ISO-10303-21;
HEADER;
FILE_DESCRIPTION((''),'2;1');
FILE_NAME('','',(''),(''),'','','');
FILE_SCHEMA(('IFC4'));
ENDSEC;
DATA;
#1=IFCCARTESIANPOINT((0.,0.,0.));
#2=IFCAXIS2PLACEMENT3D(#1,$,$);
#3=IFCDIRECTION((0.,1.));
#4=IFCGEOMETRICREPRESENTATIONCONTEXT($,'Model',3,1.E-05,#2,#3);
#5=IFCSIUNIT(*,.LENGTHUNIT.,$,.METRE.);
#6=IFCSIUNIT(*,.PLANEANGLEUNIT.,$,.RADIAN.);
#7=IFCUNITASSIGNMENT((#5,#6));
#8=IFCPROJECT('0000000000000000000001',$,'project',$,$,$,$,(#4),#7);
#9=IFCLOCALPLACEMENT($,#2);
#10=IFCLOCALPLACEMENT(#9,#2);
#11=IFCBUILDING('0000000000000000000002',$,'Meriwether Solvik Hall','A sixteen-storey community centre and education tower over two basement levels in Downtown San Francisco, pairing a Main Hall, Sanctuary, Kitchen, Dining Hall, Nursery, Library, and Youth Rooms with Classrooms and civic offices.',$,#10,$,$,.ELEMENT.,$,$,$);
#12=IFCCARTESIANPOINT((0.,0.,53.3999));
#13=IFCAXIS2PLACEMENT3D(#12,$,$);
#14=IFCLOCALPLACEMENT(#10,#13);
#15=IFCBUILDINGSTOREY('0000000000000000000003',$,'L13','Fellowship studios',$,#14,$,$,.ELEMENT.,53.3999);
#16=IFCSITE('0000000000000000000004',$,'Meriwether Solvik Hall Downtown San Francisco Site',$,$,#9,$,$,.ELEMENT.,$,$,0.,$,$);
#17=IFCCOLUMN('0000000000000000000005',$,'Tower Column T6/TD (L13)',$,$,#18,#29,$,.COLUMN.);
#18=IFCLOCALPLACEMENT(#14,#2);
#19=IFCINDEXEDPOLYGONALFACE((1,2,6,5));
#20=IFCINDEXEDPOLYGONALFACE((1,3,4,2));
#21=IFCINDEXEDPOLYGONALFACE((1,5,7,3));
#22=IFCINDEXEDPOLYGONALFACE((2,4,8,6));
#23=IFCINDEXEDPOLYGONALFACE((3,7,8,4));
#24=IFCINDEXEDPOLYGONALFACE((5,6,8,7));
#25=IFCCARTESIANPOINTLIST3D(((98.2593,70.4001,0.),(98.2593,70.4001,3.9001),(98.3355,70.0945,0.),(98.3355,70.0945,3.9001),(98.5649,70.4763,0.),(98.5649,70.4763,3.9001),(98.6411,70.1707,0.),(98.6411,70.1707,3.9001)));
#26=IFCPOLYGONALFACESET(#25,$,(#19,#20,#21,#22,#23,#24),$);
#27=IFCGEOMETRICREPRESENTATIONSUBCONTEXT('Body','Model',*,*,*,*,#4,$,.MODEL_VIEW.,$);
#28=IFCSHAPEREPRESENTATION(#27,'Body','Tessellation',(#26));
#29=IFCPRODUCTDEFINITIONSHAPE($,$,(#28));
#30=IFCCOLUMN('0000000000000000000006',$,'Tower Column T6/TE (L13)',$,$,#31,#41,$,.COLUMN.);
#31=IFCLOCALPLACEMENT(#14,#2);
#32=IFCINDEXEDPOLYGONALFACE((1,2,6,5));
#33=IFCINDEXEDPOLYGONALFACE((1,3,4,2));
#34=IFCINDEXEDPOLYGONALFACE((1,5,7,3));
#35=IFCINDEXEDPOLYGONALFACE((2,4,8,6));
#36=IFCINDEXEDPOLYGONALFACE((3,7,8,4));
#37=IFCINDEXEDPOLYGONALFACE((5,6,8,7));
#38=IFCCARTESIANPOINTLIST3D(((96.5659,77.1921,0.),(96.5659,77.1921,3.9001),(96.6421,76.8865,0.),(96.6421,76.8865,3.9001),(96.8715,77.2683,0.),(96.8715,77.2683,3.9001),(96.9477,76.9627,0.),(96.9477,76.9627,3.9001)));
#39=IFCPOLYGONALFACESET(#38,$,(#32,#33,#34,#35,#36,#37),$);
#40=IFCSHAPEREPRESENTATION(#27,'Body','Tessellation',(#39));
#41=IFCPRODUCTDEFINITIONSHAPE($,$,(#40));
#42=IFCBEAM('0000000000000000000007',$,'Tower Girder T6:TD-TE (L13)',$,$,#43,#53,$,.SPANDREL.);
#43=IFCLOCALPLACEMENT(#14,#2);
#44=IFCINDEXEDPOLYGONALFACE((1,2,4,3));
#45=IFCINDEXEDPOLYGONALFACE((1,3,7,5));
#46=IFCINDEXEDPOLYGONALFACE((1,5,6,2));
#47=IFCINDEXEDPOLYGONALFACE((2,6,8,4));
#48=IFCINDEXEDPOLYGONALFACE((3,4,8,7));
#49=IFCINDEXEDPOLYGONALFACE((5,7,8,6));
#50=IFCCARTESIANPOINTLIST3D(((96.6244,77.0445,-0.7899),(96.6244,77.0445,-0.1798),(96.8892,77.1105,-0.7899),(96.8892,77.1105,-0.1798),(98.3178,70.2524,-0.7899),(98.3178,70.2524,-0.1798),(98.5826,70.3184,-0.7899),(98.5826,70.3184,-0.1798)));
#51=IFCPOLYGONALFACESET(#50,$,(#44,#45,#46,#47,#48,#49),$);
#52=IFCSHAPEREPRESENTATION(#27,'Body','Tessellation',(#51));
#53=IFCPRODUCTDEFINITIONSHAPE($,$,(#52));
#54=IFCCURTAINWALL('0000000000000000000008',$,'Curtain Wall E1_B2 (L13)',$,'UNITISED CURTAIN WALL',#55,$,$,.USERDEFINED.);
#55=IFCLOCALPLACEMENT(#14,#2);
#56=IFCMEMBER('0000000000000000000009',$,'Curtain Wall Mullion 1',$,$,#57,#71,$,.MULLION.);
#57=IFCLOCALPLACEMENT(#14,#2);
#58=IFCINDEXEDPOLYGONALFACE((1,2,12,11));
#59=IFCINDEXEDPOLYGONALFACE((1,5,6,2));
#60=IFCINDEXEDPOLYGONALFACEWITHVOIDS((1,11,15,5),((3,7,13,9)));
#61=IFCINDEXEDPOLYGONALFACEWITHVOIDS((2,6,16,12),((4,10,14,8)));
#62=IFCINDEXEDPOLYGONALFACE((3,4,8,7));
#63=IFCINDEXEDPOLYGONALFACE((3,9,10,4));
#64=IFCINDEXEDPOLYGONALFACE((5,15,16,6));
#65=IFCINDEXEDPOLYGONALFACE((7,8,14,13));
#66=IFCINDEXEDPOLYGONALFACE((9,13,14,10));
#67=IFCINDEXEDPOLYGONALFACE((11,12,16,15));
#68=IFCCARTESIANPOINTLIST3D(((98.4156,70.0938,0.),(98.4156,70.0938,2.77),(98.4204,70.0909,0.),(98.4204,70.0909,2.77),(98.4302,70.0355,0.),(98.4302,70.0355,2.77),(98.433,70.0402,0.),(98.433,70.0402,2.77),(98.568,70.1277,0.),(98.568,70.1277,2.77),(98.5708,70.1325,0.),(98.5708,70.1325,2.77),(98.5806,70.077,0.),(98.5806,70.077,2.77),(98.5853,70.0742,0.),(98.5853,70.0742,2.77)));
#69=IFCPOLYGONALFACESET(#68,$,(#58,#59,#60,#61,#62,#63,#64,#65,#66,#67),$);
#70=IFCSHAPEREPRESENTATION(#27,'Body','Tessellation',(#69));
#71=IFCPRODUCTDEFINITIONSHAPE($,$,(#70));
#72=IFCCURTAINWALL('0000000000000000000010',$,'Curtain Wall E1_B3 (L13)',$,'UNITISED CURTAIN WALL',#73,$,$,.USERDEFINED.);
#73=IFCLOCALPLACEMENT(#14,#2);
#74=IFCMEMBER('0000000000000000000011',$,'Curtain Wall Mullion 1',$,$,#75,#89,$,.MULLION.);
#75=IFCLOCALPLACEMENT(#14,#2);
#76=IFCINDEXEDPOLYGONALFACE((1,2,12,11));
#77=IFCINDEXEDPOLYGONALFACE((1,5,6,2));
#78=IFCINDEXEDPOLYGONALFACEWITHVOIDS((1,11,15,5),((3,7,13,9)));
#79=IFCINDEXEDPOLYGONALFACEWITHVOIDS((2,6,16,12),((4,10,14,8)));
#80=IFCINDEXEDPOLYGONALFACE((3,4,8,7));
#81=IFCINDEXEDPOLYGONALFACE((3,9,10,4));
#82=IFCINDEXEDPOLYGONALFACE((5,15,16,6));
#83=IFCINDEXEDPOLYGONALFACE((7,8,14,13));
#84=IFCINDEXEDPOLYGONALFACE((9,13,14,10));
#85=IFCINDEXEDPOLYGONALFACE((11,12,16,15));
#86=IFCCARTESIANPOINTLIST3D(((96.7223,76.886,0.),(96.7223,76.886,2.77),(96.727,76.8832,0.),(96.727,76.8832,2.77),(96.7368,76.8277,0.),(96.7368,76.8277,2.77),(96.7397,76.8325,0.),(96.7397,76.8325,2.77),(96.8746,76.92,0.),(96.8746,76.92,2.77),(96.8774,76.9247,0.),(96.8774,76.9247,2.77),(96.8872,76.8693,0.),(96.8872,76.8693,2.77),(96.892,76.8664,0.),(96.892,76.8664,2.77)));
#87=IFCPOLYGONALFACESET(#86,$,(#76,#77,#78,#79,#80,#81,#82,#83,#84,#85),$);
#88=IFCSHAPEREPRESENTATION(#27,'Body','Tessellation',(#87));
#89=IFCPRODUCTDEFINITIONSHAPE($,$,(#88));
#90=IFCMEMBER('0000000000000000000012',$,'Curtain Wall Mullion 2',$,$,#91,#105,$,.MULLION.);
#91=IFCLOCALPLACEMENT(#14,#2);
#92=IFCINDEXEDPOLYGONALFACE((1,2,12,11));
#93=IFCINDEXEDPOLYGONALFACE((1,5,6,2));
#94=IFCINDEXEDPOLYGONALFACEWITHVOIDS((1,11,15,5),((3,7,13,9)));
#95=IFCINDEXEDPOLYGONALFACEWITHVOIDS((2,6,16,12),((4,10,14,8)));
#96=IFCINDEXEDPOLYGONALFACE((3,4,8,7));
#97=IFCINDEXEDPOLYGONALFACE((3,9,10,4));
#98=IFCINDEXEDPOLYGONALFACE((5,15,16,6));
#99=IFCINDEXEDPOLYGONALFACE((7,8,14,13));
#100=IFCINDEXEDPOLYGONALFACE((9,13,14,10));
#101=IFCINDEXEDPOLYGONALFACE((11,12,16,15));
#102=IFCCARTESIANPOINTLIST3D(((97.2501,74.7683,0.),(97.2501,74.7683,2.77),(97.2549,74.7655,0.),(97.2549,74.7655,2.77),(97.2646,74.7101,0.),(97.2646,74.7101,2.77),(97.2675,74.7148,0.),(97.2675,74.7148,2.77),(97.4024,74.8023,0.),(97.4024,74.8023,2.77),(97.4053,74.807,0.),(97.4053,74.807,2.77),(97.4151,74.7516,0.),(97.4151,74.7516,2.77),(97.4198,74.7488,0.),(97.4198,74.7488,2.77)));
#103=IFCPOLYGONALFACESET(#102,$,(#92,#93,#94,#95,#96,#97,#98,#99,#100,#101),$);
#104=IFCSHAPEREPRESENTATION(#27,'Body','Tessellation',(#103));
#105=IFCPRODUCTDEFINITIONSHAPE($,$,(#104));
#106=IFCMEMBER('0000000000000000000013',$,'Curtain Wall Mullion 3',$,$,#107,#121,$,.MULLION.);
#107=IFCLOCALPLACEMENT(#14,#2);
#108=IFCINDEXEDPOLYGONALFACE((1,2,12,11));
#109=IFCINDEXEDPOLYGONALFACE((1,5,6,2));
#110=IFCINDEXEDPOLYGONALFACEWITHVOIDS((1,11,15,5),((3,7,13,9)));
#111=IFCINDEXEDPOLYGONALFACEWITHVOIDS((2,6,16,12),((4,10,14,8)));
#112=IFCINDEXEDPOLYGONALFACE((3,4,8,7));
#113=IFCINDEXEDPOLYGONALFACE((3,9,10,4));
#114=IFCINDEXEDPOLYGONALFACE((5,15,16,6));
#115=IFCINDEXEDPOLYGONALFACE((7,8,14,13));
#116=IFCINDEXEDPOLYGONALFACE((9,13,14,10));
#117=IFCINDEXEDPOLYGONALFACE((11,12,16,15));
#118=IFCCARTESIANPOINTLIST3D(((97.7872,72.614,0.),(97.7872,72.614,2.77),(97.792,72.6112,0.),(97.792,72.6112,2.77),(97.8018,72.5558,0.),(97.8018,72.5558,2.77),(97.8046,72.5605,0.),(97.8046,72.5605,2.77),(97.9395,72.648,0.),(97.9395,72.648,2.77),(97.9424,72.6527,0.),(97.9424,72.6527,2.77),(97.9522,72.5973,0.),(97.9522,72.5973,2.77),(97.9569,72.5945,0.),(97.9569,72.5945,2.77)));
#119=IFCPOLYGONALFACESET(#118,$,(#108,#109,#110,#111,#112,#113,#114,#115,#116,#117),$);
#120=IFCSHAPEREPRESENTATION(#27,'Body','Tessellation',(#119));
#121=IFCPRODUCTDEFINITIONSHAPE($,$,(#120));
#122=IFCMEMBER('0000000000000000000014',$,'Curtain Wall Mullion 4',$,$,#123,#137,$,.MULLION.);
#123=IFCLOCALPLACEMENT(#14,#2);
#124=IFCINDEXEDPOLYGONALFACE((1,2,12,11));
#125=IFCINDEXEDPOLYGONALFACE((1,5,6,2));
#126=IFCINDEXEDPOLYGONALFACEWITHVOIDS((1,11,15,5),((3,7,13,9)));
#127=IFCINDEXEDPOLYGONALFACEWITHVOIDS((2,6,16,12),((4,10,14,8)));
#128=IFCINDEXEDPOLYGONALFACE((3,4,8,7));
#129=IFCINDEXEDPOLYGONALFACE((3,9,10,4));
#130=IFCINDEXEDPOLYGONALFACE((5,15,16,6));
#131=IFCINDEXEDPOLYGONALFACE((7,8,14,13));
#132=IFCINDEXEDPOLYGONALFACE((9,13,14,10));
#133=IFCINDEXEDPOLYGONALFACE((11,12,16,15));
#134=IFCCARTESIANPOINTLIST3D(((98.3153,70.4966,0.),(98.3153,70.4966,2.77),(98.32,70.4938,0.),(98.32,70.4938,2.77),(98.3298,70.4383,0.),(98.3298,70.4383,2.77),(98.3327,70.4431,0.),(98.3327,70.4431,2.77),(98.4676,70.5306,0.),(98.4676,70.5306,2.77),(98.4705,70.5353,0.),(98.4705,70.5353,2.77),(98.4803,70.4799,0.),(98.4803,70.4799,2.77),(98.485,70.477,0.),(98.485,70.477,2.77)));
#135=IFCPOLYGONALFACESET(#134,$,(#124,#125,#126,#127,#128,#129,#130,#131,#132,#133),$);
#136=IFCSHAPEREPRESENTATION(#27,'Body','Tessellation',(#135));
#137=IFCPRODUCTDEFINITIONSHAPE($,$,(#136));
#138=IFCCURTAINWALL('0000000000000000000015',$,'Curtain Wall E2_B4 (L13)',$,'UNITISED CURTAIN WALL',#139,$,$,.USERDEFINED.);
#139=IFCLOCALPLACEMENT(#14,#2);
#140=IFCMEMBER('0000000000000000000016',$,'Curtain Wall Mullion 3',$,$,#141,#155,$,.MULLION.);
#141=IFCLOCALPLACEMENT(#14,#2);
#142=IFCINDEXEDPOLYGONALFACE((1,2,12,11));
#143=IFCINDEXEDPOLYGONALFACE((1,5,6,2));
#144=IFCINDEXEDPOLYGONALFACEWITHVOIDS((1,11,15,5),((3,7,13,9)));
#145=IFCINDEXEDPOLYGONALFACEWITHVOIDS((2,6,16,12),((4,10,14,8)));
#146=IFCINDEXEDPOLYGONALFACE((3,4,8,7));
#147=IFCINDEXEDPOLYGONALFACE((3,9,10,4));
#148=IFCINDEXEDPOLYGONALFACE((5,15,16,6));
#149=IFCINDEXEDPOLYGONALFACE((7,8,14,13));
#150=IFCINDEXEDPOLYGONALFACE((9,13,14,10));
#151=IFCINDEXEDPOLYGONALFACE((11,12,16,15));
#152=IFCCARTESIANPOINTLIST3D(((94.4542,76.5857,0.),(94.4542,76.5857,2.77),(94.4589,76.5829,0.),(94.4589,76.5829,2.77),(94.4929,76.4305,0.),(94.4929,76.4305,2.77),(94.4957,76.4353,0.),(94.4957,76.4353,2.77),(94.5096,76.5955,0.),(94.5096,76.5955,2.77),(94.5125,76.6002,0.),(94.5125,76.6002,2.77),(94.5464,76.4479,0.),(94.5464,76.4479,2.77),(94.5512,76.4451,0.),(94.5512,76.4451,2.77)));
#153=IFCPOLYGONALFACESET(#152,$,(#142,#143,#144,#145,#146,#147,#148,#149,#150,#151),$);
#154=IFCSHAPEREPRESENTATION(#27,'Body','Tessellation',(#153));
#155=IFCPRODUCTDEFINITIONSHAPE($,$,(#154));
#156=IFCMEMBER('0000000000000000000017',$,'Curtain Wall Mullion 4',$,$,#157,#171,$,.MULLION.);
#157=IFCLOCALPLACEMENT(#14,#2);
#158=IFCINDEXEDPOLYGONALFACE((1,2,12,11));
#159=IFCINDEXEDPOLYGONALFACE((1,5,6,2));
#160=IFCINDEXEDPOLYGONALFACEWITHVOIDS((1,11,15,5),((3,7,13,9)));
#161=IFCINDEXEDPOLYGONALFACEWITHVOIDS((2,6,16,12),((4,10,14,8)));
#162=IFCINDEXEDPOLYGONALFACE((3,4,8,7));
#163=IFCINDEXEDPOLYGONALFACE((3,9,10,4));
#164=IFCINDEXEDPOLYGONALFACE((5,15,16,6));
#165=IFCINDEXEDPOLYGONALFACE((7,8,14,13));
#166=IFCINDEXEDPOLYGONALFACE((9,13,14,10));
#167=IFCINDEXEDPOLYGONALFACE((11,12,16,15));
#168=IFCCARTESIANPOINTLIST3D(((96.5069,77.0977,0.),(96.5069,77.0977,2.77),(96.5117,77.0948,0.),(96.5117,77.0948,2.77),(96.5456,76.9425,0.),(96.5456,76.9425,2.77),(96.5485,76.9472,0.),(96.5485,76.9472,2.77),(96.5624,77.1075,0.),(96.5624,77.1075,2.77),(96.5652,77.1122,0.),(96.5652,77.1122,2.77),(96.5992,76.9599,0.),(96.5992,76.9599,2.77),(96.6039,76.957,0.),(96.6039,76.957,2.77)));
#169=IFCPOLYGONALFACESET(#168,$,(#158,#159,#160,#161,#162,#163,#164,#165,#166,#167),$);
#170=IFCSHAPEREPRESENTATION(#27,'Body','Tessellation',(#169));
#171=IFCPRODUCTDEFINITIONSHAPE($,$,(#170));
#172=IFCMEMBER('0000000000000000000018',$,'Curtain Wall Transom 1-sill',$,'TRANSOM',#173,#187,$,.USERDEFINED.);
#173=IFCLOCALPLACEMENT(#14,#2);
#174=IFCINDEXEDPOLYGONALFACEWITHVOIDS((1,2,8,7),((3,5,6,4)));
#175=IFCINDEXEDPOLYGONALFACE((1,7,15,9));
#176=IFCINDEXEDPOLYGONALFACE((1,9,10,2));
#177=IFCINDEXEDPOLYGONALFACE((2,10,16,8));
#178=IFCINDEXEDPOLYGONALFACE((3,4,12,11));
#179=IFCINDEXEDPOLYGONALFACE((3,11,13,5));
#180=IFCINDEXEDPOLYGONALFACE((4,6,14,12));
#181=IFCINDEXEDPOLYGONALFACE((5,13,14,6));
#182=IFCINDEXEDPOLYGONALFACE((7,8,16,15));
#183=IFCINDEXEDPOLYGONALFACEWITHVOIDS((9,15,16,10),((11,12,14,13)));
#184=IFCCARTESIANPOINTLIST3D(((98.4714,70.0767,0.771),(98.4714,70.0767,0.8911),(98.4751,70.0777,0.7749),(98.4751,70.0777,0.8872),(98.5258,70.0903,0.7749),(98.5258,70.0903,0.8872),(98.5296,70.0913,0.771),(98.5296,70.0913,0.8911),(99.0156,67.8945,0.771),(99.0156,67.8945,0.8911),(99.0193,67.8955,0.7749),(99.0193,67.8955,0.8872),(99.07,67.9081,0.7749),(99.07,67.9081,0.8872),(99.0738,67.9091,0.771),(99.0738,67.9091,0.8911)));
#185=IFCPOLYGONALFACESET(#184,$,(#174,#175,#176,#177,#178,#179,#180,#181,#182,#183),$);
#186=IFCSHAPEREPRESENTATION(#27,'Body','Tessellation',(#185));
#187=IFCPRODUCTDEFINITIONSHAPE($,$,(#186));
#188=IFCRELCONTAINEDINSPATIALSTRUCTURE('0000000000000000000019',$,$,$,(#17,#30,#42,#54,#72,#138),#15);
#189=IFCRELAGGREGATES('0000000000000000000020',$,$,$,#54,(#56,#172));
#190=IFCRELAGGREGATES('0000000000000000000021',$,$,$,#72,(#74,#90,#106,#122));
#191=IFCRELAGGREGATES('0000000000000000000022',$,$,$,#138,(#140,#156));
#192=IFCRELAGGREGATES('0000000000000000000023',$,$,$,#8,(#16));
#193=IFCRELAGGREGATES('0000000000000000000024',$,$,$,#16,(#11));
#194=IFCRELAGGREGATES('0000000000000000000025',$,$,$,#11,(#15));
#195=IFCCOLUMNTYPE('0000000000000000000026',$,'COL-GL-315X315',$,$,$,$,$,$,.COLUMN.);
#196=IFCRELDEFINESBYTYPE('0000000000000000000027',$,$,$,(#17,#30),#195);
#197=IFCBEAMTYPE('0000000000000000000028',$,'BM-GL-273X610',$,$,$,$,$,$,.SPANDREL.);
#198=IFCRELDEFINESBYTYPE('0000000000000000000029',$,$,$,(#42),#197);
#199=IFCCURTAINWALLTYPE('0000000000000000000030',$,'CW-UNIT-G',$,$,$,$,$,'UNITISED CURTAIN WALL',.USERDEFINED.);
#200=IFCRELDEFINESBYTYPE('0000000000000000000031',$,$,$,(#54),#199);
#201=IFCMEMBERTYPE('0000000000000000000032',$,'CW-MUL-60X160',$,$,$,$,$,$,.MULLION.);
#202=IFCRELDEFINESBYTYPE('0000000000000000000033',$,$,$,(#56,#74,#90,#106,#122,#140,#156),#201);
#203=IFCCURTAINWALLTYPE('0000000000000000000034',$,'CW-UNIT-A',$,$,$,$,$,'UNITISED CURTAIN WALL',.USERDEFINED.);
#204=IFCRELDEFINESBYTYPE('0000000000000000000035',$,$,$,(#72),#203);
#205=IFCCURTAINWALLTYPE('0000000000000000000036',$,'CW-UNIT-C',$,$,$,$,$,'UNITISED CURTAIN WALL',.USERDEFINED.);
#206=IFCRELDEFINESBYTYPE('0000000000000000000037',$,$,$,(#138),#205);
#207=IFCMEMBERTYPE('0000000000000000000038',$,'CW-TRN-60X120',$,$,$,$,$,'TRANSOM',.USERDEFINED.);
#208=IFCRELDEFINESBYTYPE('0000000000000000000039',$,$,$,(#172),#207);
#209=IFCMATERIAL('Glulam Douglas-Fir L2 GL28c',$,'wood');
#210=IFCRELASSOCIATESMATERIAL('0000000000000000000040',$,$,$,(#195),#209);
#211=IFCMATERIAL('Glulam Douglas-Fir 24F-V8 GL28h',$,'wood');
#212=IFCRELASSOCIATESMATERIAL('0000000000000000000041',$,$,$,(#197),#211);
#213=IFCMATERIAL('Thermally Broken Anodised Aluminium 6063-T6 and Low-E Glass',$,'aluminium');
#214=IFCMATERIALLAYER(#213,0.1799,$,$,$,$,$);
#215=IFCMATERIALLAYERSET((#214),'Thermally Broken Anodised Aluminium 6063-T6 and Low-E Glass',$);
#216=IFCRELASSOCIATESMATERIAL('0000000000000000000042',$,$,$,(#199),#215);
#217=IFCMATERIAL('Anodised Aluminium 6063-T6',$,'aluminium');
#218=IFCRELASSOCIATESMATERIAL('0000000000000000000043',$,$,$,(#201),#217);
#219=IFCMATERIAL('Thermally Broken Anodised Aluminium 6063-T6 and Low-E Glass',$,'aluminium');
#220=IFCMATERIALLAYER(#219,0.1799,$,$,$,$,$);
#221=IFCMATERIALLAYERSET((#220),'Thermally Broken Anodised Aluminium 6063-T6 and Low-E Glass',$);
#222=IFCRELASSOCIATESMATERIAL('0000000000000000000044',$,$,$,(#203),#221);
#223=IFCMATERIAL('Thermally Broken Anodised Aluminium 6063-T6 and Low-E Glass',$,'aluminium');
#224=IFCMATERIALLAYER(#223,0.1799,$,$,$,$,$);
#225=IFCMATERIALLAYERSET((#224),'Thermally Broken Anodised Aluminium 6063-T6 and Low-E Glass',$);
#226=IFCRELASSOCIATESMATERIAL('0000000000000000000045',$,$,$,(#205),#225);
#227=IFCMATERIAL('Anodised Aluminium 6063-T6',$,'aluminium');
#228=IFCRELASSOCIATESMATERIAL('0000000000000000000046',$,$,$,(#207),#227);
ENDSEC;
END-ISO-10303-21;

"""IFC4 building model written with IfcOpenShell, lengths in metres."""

from ifc_helpers import new_model, si_unit, direction, frame, origin, origin_2d, place, context, subcontext, project, spatial, rectangle, hollow_rectangle, extrude, material, layer, layer_set, material_profile, profile_set, type_object, element, aggregate, save


model = new_model("IFC4")

# Units and contexts
model_context = context("Model", 3, precision=1e-05, world=origin(), true_north=direction((0.0, 1.0)))
body_context = subcontext(model_context, "Body", "Model", "MODEL_VIEW")
ifc_project = project(units=[si_unit("LENGTHUNIT", "METRE"), si_unit("PLANEANGLEUNIT", "RADIAN")], contexts=[model_context])

# Site, building, storey
site_placement = place(None, origin())
site = spatial("IfcSite", under=ifc_project, at=site_placement, Name="Meriwether Solvik Hall Downtown San Francisco Site", CompositionType="ELEMENT", RefElevation=0.0)
building_placement = place(site_placement, origin())
building = spatial("IfcBuilding", under=site, at=building_placement, Name="Meriwether Solvik Hall", Description="A sixteen-storey community centre and education tower over two basement levels in Downtown San Francisco, pairing a Main Hall, Sanctuary, Kitchen, Dining Hall, Nursery, Library, and Youth Rooms with Classrooms and civic offices.", CompositionType="ELEMENT")
storey_placement = place(building_placement, frame((0.0, 0.0, 53.3999)))
storey = spatial("IfcBuildingStorey", under=building, at=storey_placement, Name="L13", Description="Fellowship studios", CompositionType="ELEMENT", Elevation=53.3999)

# Columns
ifc_material_1 = material(Name="Glulam Douglas-Fir L2 GL28c", Category="wood")
ifc_material_profile_1 = material_profile(ifc_material_1, rectangle(XDim=0.3149, YDim=0.3149, at=origin_2d()), Name="GLC-315X315")
ifc_profile_set_1 = profile_set([ifc_material_profile_1], Name="Glulam Douglas-Fir L2 GL28c")
column_type = type_object("IfcColumnType", Name="COL-GL-315X315", PredefinedType="COLUMN", material=ifc_profile_set_1)
for number, where, z_axis, x_axis, name in (
    (1, (98.4502, 70.2854, 0.0), (0.0, 0.0, 1.0), (0.970296, 0.241922, 0.0), "Tower Column T6/TD (L13)"),
    (2, (96.7568, 77.0774, 0.0), (0.0, 0.0, 1.0), (0.970296, 0.241922, 0.0), "Tower Column T6/TE (L13)"),
):
    element("IfcColumn", number, at=place(storey_placement, frame(where, z_axis=z_axis, x_axis=x_axis)), inside=storey, type_object=column_type, Name=name, PredefinedType="COLUMN", context=body_context, shape_type="SweptSolid", body=[
        extrude(rectangle(XDim=0.3149, YDim=0.3149, at=origin_2d()), origin(), (0.0, 0.0, 1.0), 3.9001),
    ])

# Beam
ifc_material_2 = material(Name="Glulam Douglas-Fir 24F-V8 GL28h", Category="wood")
ifc_material_profile_2 = material_profile(ifc_material_2, rectangle(XDim=0.2729, YDim=0.6101, at=origin_2d()), Name="GLB-273X610")
ifc_profile_set_2 = profile_set([ifc_material_profile_2], Name="Glulam Douglas-Fir 24F-V8 GL28h")
beam_type = type_object("IfcBeamType", Name="BM-GL-273X610", PredefinedType="SPANDREL", material=ifc_profile_set_2)
beam_placement = place(storey_placement, frame((98.4502, 70.2854, -0.4849), z_axis=(-0.241912, 0.970298, 0.0), x_axis=(-0.970298, -0.241912, 0.0)))
element("IfcBeam", 3, at=beam_placement, inside=storey, type_object=beam_type, Name="Tower Girder T6:TD-TE (L13)", PredefinedType="SPANDREL", context=body_context, shape_type="SweptSolid", body=[
    extrude(rectangle(XDim=0.2729, YDim=0.6101, at=origin_2d()), origin(), (0.0, 0.0, 1.0), 7.0),
])

# Curtain wall, member
ifc_material_3 = material(Name="Thermally Broken Anodised Aluminium 6063-T6 and Low-E Glass", Category="aluminium")
ifc_layer_1 = layer(ifc_material_3, 0.1799)
ifc_layer_set_1 = layer_set([ifc_layer_1], Name="Thermally Broken Anodised Aluminium 6063-T6 and Low-E Glass")
curtain_wall_type_1 = type_object("IfcCurtainWallType", Name="CW-UNIT-G", ElementType="UNITISED CURTAIN WALL", PredefinedType="USERDEFINED", material=ifc_layer_set_1)
curtain_wall_1_placement = place(storey_placement, origin())
curtain_wall_1 = element("IfcCurtainWall", 4, at=curtain_wall_1_placement, inside=storey, type_object=curtain_wall_type_1, Name="Curtain Wall E1_B2 (L13)", ObjectType="UNITISED CURTAIN WALL", PredefinedType="USERDEFINED")
ifc_material_4 = material(Name="Anodised Aluminium 6063-T6", Category="aluminium")
ifc_material_profile_3 = material_profile(ifc_material_4, hollow_rectangle(XDim=0.0601, YDim=0.1599, WallThickness=0.0039, at=origin_2d()), Name="CWM-60X160")
ifc_profile_set_3 = profile_set([ifc_material_profile_3], Name="Anodised Aluminium 6063-T6")
member_type_1 = type_object("IfcMemberType", Name="CW-MUL-60X160", PredefinedType="MULLION", material=ifc_profile_set_3)
member_1_placement = place(storey_placement, frame((98.5005, 70.084, 0.0), z_axis=(0.0, 0.0, 1.0), x_axis=(0.241922, -0.970296, 0.0)))
member_1 = element("IfcMember", 5, at=member_1_placement, type_object=member_type_1, Name="Curtain Wall Mullion 1", PredefinedType="MULLION", context=body_context, shape_type="SweptSolid", body=[
    extrude(hollow_rectangle(XDim=0.0601, YDim=0.1599, WallThickness=0.0039, at=origin_2d()), origin(), (0.0, 0.0, 1.0), 2.77),
])

# Curtain walls, members
ifc_material_5 = material(Name="Thermally Broken Anodised Aluminium 6063-T6 and Low-E Glass", Category="aluminium")
ifc_layer_2 = layer(ifc_material_5, 0.1799)
ifc_layer_set_2 = layer_set([ifc_layer_2], Name="Thermally Broken Anodised Aluminium 6063-T6 and Low-E Glass")
curtain_wall_type_2 = type_object("IfcCurtainWallType", Name="CW-UNIT-A", ElementType="UNITISED CURTAIN WALL", PredefinedType="USERDEFINED", material=ifc_layer_set_2)
curtain_wall_2_placement = place(storey_placement, origin())
curtain_wall_2 = element("IfcCurtainWall", 6, at=curtain_wall_2_placement, inside=storey, type_object=curtain_wall_type_2, Name="Curtain Wall E1_B3 (L13)", ObjectType="UNITISED CURTAIN WALL", PredefinedType="USERDEFINED")
member_2_placement = place(storey_placement, frame((96.8071, 76.8762, 0.0), z_axis=(0.0, 0.0, 1.0), x_axis=(0.241922, -0.970296, 0.0)))
member_2 = element("IfcMember", 7, at=member_2_placement, type_object=member_type_1, Name="Curtain Wall Mullion 1", PredefinedType="MULLION", context=body_context, shape_type="SweptSolid", body=[
    extrude(hollow_rectangle(XDim=0.0601, YDim=0.1599, WallThickness=0.0039, at=origin_2d()), origin(), (0.0, 0.0, 1.0), 2.77),
])
member_3_placement = place(storey_placement, frame((97.335, 74.7585, 0.0), z_axis=(0.0, 0.0, 1.0), x_axis=(0.241922, -0.970296, 0.0)))
member_3 = element("IfcMember", 8, at=member_3_placement, type_object=member_type_1, Name="Curtain Wall Mullion 2", PredefinedType="MULLION", context=body_context, shape_type="SweptSolid", body=[
    extrude(hollow_rectangle(XDim=0.0601, YDim=0.1599, WallThickness=0.0039, at=origin_2d()), origin(), (0.0, 0.0, 1.0), 2.77),
])
member_4_placement = place(storey_placement, frame((97.8721, 72.6042, 0.0), z_axis=(0.0, 0.0, 1.0), x_axis=(0.241922, -0.970296, 0.0)))
member_4 = element("IfcMember", 9, at=member_4_placement, type_object=member_type_1, Name="Curtain Wall Mullion 3", PredefinedType="MULLION", context=body_context, shape_type="SweptSolid", body=[
    extrude(hollow_rectangle(XDim=0.0601, YDim=0.1599, WallThickness=0.0039, at=origin_2d()), origin(), (0.0, 0.0, 1.0), 2.77),
])
member_5_placement = place(storey_placement, frame((98.4001, 70.4868, 0.0), z_axis=(0.0, 0.0, 1.0), x_axis=(0.241922, -0.970296, 0.0)))
member_5 = element("IfcMember", 10, at=member_5_placement, type_object=member_type_1, Name="Curtain Wall Mullion 4", PredefinedType="MULLION", context=body_context, shape_type="SweptSolid", body=[
    extrude(hollow_rectangle(XDim=0.0601, YDim=0.1599, WallThickness=0.0039, at=origin_2d()), origin(), (0.0, 0.0, 1.0), 2.77),
])
ifc_material_6 = material(Name="Thermally Broken Anodised Aluminium 6063-T6 and Low-E Glass", Category="aluminium")
ifc_layer_3 = layer(ifc_material_6, 0.1799)
ifc_layer_set_3 = layer_set([ifc_layer_3], Name="Thermally Broken Anodised Aluminium 6063-T6 and Low-E Glass")
curtain_wall_type_3 = type_object("IfcCurtainWallType", Name="CW-UNIT-C", ElementType="UNITISED CURTAIN WALL", PredefinedType="USERDEFINED", material=ifc_layer_set_3)
curtain_wall_3_placement = place(storey_placement, origin())
curtain_wall_3 = element("IfcCurtainWall", 11, at=curtain_wall_3_placement, inside=storey, type_object=curtain_wall_type_3, Name="Curtain Wall E2_B4 (L13)", ObjectType="UNITISED CURTAIN WALL", PredefinedType="USERDEFINED")
member_6_placement = place(storey_placement, frame((94.5027, 76.5154, 0.0), z_axis=(0.0, 0.0, 1.0), x_axis=(0.970296, 0.241922, 0.0)))
member_6 = element("IfcMember", 12, at=member_6_placement, type_object=member_type_1, Name="Curtain Wall Mullion 3", PredefinedType="MULLION", context=body_context, shape_type="SweptSolid", body=[
    extrude(hollow_rectangle(XDim=0.0601, YDim=0.1599, WallThickness=0.0039, at=origin_2d()), origin(), (0.0, 0.0, 1.0), 2.77),
])
member_7_placement = place(storey_placement, frame((96.5554, 77.0273, 0.0), z_axis=(0.0, 0.0, 1.0), x_axis=(0.970296, 0.241922, 0.0)))
member_7 = element("IfcMember", 13, at=member_7_placement, type_object=member_type_1, Name="Curtain Wall Mullion 4", PredefinedType="MULLION", context=body_context, shape_type="SweptSolid", body=[
    extrude(hollow_rectangle(XDim=0.0601, YDim=0.1599, WallThickness=0.0039, at=origin_2d()), origin(), (0.0, 0.0, 1.0), 2.77),
])

# Member
ifc_material_7 = material(Name="Anodised Aluminium 6063-T6", Category="aluminium")
ifc_material_profile_4 = material_profile(ifc_material_7, hollow_rectangle(XDim=0.0601, YDim=0.1201, WallThickness=0.0039, at=origin_2d()), Name="CWT-60X120")
ifc_profile_set_4 = profile_set([ifc_material_profile_4], Name="Anodised Aluminium 6063-T6")
member_type_2 = type_object("IfcMemberType", Name="CW-TRN-60X120", ElementType="TRANSOM", PredefinedType="USERDEFINED", material=ifc_profile_set_4)
member_8_placement = place(storey_placement, frame((98.5005, 70.084, 0.8311), z_axis=(0.241974, -0.970283, 0.0), x_axis=(0.970283, 0.241974, 0.0)))
member_8 = element("IfcMember", 14, at=member_8_placement, type_object=member_type_2, Name="Curtain Wall Transom 1-sill", ObjectType="TRANSOM", PredefinedType="USERDEFINED", context=body_context, shape_type="SweptSolid", body=[
    extrude(hollow_rectangle(XDim=0.0601, YDim=0.1201, WallThickness=0.0039, at=origin_2d()), origin(), (0.0, 0.0, 1.0), 2.249),
])
aggregate(curtain_wall_1, [member_1, member_8])

aggregate(curtain_wall_2, [member_2, member_3, member_4, member_5])
aggregate(curtain_wall_3, [member_6, member_7])

save(model, "model.ifc")
